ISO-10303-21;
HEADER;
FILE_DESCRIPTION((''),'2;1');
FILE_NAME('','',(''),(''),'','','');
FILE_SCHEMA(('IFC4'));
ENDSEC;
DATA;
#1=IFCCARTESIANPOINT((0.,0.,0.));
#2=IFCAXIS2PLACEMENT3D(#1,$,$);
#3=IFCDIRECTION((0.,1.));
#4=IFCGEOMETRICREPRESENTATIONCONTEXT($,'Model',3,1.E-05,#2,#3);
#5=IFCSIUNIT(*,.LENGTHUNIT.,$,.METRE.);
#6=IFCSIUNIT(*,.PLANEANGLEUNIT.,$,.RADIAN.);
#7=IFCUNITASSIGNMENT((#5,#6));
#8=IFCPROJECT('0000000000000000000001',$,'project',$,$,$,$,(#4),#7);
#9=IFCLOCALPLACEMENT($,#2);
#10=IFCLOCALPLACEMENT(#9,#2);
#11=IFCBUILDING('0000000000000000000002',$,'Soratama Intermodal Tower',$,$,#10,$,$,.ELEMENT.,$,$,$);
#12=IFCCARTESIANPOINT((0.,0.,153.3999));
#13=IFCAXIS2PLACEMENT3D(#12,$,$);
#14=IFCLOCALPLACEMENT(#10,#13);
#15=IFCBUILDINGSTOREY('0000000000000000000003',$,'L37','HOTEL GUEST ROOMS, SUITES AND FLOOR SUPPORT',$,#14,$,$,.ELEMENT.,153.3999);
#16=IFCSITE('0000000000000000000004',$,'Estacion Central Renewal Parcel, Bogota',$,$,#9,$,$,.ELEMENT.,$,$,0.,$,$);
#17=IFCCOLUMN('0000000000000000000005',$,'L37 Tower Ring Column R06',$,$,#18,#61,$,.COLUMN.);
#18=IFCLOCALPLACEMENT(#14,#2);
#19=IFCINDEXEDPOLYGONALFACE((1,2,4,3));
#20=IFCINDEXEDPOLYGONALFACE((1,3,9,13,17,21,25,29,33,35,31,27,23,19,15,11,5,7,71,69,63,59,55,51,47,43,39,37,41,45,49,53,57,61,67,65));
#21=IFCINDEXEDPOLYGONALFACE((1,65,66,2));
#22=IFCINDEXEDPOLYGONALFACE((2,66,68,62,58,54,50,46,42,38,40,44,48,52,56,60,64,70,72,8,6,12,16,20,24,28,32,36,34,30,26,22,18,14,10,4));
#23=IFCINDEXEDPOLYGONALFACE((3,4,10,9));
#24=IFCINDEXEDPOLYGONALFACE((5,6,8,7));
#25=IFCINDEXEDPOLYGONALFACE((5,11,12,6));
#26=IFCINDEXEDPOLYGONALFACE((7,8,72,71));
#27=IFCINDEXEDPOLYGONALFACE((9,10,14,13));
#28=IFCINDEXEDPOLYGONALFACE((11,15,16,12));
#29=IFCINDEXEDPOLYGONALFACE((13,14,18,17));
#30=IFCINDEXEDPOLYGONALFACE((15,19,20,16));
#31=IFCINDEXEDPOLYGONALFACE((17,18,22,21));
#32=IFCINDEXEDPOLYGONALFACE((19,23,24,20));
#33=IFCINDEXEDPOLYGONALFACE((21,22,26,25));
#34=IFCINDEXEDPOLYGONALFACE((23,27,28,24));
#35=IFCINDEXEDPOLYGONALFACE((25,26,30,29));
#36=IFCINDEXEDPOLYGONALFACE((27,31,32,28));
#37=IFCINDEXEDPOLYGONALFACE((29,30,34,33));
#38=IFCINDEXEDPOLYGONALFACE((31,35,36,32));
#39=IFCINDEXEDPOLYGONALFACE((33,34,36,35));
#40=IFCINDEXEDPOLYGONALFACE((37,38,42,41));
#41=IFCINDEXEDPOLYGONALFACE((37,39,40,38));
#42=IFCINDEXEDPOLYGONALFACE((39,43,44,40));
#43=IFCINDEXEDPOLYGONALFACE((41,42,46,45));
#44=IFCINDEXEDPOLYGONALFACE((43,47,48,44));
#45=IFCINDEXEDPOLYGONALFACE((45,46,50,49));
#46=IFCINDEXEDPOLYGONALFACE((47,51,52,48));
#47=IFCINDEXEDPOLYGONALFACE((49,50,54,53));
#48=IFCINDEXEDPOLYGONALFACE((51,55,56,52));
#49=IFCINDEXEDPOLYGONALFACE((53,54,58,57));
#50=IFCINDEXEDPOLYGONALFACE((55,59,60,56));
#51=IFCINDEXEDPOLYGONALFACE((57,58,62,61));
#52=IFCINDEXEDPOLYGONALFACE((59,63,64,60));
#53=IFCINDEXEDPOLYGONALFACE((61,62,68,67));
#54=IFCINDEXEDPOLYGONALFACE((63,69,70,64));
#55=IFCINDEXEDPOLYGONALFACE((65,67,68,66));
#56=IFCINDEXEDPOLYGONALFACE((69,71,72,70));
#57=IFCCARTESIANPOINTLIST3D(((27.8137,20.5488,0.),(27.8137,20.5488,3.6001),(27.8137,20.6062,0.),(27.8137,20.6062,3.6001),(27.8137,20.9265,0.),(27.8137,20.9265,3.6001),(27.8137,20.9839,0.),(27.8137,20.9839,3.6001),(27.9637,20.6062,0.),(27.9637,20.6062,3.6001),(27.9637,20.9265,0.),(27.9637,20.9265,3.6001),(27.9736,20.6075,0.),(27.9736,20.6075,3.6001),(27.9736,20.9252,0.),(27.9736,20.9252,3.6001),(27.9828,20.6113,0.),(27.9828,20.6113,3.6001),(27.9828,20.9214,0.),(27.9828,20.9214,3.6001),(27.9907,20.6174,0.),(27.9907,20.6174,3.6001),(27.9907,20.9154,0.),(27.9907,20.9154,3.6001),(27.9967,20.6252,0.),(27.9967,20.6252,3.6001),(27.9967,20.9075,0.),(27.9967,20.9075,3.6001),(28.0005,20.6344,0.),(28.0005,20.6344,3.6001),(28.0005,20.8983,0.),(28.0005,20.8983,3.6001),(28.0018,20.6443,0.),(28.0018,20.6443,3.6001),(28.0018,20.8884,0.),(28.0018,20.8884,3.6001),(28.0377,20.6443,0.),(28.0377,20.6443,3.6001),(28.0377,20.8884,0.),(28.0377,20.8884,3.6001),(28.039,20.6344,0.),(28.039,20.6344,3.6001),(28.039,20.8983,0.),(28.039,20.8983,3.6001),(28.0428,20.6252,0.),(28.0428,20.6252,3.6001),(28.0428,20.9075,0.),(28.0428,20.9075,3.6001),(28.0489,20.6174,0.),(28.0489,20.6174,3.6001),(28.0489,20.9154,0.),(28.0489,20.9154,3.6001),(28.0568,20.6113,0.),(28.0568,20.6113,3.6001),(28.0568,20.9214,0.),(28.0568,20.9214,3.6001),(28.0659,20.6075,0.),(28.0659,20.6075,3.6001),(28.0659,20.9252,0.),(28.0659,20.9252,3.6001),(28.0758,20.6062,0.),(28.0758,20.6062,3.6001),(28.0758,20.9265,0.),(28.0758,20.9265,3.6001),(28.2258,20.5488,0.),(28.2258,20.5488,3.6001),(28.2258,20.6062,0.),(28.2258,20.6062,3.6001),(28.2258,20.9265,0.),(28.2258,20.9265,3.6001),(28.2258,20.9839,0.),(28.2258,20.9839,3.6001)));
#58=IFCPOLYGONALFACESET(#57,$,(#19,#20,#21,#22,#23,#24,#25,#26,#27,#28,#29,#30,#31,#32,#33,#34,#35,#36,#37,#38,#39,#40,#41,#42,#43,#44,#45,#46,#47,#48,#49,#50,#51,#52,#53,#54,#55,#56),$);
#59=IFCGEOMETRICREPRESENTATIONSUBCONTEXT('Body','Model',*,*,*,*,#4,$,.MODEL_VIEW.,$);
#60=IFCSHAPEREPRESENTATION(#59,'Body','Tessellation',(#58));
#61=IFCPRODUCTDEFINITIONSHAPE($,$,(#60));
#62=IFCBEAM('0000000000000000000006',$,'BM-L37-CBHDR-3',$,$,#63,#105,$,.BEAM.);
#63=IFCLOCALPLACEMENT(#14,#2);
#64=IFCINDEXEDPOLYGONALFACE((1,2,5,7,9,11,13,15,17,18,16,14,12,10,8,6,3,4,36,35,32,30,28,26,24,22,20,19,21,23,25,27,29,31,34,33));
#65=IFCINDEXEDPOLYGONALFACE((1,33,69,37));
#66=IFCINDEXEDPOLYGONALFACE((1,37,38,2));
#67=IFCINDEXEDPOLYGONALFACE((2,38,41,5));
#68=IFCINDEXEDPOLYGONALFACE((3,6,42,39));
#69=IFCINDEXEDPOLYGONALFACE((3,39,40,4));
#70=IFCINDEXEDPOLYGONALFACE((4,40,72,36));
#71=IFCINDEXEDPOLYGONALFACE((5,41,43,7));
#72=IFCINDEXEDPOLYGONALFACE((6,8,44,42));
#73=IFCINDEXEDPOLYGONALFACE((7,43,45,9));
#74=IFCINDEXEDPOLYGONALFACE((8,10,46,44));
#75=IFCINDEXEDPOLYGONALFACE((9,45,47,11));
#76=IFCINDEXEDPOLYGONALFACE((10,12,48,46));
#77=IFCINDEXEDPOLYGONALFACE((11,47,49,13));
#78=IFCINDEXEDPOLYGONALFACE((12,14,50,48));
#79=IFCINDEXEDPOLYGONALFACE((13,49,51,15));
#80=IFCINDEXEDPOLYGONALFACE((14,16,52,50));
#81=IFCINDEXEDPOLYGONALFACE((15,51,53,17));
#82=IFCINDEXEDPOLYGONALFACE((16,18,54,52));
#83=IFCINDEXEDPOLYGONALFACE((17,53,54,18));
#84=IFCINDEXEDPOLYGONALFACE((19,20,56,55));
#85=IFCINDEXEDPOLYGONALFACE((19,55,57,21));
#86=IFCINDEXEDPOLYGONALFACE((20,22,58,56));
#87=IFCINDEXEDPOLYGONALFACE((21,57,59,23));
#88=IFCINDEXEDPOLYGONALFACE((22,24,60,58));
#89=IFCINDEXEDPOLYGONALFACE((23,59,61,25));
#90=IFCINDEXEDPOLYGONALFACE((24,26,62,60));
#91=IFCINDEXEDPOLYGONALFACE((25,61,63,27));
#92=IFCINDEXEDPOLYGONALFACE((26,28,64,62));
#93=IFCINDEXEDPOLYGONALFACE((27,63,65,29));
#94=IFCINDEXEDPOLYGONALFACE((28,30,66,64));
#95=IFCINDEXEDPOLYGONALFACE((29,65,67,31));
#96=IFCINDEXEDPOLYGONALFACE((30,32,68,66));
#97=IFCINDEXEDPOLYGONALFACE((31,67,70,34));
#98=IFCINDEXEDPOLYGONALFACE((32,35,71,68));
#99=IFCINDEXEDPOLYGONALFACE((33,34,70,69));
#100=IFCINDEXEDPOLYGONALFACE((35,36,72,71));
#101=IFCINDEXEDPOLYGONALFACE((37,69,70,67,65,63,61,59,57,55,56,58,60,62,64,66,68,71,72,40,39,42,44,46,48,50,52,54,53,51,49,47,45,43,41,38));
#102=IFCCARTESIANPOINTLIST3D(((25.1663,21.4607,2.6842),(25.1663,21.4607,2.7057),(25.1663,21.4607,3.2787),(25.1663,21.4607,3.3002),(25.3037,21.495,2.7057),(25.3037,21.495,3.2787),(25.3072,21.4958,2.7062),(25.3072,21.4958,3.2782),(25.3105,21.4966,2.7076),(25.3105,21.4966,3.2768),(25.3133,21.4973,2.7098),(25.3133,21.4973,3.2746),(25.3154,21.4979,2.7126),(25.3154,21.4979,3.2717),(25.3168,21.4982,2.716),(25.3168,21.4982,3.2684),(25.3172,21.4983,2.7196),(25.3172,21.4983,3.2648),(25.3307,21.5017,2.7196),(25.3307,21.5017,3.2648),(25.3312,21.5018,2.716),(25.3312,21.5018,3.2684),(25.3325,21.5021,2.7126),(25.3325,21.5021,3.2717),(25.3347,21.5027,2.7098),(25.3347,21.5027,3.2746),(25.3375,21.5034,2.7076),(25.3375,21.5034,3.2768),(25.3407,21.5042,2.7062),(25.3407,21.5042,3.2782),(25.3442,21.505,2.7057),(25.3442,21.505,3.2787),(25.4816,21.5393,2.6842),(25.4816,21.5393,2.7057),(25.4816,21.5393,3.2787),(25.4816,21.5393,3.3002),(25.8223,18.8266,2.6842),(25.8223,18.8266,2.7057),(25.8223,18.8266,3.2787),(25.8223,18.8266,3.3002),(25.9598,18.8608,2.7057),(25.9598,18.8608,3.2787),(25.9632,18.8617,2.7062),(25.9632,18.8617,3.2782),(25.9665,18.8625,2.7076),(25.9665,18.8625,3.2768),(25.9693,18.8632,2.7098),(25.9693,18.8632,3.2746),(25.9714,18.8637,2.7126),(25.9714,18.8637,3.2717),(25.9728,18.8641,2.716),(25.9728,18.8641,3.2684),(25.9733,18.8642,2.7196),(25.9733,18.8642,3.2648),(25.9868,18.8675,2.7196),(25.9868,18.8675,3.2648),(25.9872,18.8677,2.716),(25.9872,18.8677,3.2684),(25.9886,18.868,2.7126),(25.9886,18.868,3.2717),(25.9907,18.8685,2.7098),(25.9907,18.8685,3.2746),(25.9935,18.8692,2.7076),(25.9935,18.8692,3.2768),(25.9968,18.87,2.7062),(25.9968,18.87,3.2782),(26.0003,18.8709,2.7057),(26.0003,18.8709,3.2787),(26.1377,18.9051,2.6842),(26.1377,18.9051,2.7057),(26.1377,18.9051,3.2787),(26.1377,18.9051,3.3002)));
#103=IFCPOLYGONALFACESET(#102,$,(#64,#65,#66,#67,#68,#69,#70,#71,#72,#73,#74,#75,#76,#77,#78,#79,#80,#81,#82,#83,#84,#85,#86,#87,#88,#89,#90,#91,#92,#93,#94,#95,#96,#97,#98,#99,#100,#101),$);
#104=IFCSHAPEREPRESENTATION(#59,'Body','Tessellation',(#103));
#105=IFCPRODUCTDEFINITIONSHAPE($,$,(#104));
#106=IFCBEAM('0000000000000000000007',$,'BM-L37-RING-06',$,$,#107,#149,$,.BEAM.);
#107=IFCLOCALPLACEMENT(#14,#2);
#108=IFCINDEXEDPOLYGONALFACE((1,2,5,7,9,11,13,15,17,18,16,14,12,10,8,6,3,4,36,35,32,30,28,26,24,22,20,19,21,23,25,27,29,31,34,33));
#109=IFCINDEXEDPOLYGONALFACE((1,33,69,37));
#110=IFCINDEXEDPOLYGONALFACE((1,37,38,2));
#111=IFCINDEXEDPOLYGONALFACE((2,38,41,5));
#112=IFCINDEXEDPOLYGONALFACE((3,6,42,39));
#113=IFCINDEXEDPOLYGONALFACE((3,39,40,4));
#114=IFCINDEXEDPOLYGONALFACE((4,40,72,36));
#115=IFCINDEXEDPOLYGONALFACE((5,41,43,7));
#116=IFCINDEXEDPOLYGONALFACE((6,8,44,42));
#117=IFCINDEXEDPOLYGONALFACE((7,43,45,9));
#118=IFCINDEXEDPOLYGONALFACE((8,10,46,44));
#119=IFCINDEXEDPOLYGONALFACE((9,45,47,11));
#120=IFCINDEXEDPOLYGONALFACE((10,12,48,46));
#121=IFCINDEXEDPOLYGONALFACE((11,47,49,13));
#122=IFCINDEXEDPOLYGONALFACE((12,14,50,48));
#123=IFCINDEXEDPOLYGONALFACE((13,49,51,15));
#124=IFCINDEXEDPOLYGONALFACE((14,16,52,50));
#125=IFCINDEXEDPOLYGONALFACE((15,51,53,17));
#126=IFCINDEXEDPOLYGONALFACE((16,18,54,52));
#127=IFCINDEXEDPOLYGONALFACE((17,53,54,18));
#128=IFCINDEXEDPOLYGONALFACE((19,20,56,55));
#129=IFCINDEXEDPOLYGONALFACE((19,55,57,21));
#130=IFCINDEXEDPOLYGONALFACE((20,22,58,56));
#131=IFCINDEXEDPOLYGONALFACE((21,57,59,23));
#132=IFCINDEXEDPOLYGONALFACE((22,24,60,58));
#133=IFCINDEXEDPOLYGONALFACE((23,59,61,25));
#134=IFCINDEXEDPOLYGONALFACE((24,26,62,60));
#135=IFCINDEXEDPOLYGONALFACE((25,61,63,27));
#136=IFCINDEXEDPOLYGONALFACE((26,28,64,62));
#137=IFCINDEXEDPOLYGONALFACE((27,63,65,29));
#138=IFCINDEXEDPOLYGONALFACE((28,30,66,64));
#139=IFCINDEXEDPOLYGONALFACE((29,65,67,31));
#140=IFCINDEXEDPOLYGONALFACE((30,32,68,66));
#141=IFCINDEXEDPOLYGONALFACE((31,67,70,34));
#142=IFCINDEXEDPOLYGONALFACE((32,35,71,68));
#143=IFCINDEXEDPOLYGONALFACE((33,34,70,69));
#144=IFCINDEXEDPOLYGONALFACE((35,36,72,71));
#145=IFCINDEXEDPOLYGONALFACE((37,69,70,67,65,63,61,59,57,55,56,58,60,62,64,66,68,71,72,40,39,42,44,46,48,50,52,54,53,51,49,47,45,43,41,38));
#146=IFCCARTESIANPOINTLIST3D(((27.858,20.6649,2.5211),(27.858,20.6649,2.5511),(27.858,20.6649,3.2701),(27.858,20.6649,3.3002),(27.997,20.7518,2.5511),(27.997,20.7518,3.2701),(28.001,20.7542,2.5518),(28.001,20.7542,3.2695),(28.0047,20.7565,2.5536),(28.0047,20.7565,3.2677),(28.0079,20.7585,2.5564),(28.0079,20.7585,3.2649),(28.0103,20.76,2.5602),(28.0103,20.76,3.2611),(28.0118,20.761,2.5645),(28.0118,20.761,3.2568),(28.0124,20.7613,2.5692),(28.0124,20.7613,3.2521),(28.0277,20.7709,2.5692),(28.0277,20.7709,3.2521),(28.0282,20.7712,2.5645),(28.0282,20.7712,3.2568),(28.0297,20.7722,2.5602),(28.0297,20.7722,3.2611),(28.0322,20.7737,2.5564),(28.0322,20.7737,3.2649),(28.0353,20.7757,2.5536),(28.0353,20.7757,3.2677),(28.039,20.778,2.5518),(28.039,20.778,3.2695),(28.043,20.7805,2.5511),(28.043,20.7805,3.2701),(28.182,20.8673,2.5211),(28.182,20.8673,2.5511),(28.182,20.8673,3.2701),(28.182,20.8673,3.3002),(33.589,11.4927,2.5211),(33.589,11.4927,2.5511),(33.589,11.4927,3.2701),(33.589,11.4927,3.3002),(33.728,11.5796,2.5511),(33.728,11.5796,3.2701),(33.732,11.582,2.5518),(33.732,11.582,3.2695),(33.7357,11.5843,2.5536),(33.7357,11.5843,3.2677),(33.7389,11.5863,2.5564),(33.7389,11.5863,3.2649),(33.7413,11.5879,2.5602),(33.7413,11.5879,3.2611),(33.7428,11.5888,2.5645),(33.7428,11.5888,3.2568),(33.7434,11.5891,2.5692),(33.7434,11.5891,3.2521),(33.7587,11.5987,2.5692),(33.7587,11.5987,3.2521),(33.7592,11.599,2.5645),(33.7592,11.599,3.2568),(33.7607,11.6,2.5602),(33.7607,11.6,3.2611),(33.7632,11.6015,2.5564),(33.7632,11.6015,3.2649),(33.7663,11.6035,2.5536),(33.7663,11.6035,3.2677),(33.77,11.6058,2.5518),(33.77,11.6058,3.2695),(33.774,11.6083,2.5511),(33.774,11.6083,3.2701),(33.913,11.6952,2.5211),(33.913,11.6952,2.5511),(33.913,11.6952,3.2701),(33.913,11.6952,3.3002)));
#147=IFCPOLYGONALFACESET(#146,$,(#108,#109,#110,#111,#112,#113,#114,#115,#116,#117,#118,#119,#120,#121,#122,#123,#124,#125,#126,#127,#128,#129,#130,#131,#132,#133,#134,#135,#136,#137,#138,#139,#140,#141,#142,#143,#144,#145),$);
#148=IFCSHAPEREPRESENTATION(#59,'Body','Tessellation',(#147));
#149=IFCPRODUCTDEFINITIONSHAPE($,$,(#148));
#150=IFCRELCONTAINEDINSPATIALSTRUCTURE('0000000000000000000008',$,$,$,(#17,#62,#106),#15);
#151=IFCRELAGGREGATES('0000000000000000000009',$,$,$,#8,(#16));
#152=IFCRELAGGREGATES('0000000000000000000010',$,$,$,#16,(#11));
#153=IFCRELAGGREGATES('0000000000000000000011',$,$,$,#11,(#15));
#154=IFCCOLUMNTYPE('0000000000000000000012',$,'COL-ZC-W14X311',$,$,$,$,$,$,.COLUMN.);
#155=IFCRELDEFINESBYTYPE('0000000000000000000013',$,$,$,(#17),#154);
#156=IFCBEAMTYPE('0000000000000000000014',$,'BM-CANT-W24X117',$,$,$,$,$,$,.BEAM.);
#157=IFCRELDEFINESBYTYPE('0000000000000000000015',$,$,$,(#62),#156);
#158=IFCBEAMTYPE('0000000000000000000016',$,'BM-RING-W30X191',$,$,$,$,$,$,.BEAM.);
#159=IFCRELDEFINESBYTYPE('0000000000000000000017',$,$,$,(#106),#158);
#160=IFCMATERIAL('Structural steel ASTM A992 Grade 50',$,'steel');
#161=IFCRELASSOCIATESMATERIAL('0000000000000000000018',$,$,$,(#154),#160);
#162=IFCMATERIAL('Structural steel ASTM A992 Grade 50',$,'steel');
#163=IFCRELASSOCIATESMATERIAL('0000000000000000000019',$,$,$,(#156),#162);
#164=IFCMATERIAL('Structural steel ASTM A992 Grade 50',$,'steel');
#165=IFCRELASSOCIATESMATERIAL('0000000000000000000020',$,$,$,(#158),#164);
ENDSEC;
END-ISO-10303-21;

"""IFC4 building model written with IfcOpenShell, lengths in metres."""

from ifc_helpers import new_model, si_unit, direction, frame, origin, origin_2d, place, context, subcontext, project, spatial, i_section, extrude, material, material_profile, profile_set, type_object, element, save


model = new_model("IFC4")

# Units and contexts
model_context = context("Model", 3, precision=1e-05, world=origin(), true_north=direction((0.0, 1.0)))
body_context = subcontext(model_context, "Body", "Model", "MODEL_VIEW")
ifc_project = project(units=[si_unit("LENGTHUNIT", "METRE"), si_unit("PLANEANGLEUNIT", "RADIAN")], contexts=[model_context])

# Site, building, storey
site_placement = place(None, origin())
site = spatial("IfcSite", under=ifc_project, at=site_placement, Name="Estacion Central Renewal Parcel, Bogota", CompositionType="ELEMENT", RefElevation=0.0)
building_placement = place(site_placement, origin())
building = spatial("IfcBuilding", under=site, at=building_placement, Name="Soratama Intermodal Tower", CompositionType="ELEMENT")
storey_placement = place(building_placement, frame((0.0, 0.0, 153.3999)))
storey = spatial("IfcBuildingStorey", under=building, at=storey_placement, Name="L37", Description="HOTEL GUEST ROOMS, SUITES AND FLOOR SUPPORT", CompositionType="ELEMENT", Elevation=153.3999)

# Column
ifc_material_1 = material(Name="Structural steel ASTM A992 Grade 50", Category="steel")
ifc_material_profile_1 = material_profile(ifc_material_1, i_section(OverallWidth=0.4121, OverallDepth=0.4351, WebThickness=0.0359, FlangeThickness=0.0574, FilletRadius=0.0381, at=origin_2d()), Name="W14X311")
ifc_profile_set_1 = profile_set([ifc_material_profile_1], Name="Structural steel ASTM A992 Grade 50")
column_type = type_object("IfcColumnType", Name="COL-ZC-W14X311", PredefinedType="COLUMN", material=ifc_profile_set_1)
column_placement = place(storey_placement, frame((28.0198, 20.7664, 0.0), z_axis=(0.0, 0.0, 1.0), x_axis=(1.0, 0.0, 0.0)))
element("IfcColumn", 1, at=column_placement, inside=storey, type_object=column_type, Name="L37 Tower Ring Column R06", PredefinedType="COLUMN", context=body_context, shape_type="SweptSolid", body=[
    extrude(i_section(OverallWidth=0.4121, OverallDepth=0.4351, WebThickness=0.0359, FlangeThickness=0.0574, FilletRadius=0.0381, at=origin_2d()), origin(), (0.0, 0.0, 1.0), 3.6001),
])

# Beams
ifc_material_2 = material(Name="Structural steel ASTM A992 Grade 50", Category="steel")
ifc_material_profile_2 = material_profile(ifc_material_2, i_section(OverallWidth=0.325, OverallDepth=0.616, WebThickness=0.0139, FlangeThickness=0.0215, FilletRadius=0.0139, at=origin_2d()), Name="W24X117")
ifc_profile_set_2 = profile_set([ifc_material_profile_2], Name="Structural steel ASTM A992 Grade 50")
beam_type_1 = type_object("IfcBeamType", Name="BM-CANT-W24X117", PredefinedType="BEAM", material=ifc_profile_set_2)
beam_1_placement = place(storey_placement, frame((25.324, 21.5, 2.9922), z_axis=(0.241668, -0.970359, 0.0), x_axis=(0.970359, 0.241668, 0.0)))
element("IfcBeam", 2, at=beam_1_placement, inside=storey, type_object=beam_type_1, Name="BM-L37-CBHDR-3", PredefinedType="BEAM", context=body_context, shape_type="SweptSolid", body=[
    extrude(i_section(OverallWidth=0.325, OverallDepth=0.616, WebThickness=0.0139, FlangeThickness=0.0215, FilletRadius=0.0139, at=origin_2d()), origin(), (0.0, 0.0, 1.0), 2.7146),
])
ifc_material_3 = material(Name="Structural steel ASTM A992 Grade 50", Category="steel")
ifc_material_profile_3 = material_profile(ifc_material_3, i_section(OverallWidth=0.3821, OverallDepth=0.7791, WebThickness=0.0181, FlangeThickness=0.03, FilletRadius=0.0181, at=origin_2d()), Name="W30X191")
ifc_profile_set_3 = profile_set([ifc_material_profile_3], Name="Structural steel ASTM A992 Grade 50")
beam_type_2 = type_object("IfcBeamType", Name="BM-RING-W30X191", PredefinedType="BEAM", material=ifc_profile_set_3)
beam_2_placement = place(storey_placement, frame((28.02, 20.7661, 2.9106), z_axis=(0.529891, -0.848066, 0.0), x_axis=(0.848066, 0.529891, 0.0)))
element("IfcBeam", 3, at=beam_2_placement, inside=storey, type_object=beam_type_2, Name="BM-L37-RING-06", PredefinedType="BEAM", context=body_context, shape_type="SweptSolid", body=[
    extrude(i_section(OverallWidth=0.3821, OverallDepth=0.7791, WebThickness=0.0181, FlangeThickness=0.03, FilletRadius=0.0181, at=origin_2d()), origin(), (0.0, 0.0, 1.0), 10.8154),
])

save(model, "model.ifc")
